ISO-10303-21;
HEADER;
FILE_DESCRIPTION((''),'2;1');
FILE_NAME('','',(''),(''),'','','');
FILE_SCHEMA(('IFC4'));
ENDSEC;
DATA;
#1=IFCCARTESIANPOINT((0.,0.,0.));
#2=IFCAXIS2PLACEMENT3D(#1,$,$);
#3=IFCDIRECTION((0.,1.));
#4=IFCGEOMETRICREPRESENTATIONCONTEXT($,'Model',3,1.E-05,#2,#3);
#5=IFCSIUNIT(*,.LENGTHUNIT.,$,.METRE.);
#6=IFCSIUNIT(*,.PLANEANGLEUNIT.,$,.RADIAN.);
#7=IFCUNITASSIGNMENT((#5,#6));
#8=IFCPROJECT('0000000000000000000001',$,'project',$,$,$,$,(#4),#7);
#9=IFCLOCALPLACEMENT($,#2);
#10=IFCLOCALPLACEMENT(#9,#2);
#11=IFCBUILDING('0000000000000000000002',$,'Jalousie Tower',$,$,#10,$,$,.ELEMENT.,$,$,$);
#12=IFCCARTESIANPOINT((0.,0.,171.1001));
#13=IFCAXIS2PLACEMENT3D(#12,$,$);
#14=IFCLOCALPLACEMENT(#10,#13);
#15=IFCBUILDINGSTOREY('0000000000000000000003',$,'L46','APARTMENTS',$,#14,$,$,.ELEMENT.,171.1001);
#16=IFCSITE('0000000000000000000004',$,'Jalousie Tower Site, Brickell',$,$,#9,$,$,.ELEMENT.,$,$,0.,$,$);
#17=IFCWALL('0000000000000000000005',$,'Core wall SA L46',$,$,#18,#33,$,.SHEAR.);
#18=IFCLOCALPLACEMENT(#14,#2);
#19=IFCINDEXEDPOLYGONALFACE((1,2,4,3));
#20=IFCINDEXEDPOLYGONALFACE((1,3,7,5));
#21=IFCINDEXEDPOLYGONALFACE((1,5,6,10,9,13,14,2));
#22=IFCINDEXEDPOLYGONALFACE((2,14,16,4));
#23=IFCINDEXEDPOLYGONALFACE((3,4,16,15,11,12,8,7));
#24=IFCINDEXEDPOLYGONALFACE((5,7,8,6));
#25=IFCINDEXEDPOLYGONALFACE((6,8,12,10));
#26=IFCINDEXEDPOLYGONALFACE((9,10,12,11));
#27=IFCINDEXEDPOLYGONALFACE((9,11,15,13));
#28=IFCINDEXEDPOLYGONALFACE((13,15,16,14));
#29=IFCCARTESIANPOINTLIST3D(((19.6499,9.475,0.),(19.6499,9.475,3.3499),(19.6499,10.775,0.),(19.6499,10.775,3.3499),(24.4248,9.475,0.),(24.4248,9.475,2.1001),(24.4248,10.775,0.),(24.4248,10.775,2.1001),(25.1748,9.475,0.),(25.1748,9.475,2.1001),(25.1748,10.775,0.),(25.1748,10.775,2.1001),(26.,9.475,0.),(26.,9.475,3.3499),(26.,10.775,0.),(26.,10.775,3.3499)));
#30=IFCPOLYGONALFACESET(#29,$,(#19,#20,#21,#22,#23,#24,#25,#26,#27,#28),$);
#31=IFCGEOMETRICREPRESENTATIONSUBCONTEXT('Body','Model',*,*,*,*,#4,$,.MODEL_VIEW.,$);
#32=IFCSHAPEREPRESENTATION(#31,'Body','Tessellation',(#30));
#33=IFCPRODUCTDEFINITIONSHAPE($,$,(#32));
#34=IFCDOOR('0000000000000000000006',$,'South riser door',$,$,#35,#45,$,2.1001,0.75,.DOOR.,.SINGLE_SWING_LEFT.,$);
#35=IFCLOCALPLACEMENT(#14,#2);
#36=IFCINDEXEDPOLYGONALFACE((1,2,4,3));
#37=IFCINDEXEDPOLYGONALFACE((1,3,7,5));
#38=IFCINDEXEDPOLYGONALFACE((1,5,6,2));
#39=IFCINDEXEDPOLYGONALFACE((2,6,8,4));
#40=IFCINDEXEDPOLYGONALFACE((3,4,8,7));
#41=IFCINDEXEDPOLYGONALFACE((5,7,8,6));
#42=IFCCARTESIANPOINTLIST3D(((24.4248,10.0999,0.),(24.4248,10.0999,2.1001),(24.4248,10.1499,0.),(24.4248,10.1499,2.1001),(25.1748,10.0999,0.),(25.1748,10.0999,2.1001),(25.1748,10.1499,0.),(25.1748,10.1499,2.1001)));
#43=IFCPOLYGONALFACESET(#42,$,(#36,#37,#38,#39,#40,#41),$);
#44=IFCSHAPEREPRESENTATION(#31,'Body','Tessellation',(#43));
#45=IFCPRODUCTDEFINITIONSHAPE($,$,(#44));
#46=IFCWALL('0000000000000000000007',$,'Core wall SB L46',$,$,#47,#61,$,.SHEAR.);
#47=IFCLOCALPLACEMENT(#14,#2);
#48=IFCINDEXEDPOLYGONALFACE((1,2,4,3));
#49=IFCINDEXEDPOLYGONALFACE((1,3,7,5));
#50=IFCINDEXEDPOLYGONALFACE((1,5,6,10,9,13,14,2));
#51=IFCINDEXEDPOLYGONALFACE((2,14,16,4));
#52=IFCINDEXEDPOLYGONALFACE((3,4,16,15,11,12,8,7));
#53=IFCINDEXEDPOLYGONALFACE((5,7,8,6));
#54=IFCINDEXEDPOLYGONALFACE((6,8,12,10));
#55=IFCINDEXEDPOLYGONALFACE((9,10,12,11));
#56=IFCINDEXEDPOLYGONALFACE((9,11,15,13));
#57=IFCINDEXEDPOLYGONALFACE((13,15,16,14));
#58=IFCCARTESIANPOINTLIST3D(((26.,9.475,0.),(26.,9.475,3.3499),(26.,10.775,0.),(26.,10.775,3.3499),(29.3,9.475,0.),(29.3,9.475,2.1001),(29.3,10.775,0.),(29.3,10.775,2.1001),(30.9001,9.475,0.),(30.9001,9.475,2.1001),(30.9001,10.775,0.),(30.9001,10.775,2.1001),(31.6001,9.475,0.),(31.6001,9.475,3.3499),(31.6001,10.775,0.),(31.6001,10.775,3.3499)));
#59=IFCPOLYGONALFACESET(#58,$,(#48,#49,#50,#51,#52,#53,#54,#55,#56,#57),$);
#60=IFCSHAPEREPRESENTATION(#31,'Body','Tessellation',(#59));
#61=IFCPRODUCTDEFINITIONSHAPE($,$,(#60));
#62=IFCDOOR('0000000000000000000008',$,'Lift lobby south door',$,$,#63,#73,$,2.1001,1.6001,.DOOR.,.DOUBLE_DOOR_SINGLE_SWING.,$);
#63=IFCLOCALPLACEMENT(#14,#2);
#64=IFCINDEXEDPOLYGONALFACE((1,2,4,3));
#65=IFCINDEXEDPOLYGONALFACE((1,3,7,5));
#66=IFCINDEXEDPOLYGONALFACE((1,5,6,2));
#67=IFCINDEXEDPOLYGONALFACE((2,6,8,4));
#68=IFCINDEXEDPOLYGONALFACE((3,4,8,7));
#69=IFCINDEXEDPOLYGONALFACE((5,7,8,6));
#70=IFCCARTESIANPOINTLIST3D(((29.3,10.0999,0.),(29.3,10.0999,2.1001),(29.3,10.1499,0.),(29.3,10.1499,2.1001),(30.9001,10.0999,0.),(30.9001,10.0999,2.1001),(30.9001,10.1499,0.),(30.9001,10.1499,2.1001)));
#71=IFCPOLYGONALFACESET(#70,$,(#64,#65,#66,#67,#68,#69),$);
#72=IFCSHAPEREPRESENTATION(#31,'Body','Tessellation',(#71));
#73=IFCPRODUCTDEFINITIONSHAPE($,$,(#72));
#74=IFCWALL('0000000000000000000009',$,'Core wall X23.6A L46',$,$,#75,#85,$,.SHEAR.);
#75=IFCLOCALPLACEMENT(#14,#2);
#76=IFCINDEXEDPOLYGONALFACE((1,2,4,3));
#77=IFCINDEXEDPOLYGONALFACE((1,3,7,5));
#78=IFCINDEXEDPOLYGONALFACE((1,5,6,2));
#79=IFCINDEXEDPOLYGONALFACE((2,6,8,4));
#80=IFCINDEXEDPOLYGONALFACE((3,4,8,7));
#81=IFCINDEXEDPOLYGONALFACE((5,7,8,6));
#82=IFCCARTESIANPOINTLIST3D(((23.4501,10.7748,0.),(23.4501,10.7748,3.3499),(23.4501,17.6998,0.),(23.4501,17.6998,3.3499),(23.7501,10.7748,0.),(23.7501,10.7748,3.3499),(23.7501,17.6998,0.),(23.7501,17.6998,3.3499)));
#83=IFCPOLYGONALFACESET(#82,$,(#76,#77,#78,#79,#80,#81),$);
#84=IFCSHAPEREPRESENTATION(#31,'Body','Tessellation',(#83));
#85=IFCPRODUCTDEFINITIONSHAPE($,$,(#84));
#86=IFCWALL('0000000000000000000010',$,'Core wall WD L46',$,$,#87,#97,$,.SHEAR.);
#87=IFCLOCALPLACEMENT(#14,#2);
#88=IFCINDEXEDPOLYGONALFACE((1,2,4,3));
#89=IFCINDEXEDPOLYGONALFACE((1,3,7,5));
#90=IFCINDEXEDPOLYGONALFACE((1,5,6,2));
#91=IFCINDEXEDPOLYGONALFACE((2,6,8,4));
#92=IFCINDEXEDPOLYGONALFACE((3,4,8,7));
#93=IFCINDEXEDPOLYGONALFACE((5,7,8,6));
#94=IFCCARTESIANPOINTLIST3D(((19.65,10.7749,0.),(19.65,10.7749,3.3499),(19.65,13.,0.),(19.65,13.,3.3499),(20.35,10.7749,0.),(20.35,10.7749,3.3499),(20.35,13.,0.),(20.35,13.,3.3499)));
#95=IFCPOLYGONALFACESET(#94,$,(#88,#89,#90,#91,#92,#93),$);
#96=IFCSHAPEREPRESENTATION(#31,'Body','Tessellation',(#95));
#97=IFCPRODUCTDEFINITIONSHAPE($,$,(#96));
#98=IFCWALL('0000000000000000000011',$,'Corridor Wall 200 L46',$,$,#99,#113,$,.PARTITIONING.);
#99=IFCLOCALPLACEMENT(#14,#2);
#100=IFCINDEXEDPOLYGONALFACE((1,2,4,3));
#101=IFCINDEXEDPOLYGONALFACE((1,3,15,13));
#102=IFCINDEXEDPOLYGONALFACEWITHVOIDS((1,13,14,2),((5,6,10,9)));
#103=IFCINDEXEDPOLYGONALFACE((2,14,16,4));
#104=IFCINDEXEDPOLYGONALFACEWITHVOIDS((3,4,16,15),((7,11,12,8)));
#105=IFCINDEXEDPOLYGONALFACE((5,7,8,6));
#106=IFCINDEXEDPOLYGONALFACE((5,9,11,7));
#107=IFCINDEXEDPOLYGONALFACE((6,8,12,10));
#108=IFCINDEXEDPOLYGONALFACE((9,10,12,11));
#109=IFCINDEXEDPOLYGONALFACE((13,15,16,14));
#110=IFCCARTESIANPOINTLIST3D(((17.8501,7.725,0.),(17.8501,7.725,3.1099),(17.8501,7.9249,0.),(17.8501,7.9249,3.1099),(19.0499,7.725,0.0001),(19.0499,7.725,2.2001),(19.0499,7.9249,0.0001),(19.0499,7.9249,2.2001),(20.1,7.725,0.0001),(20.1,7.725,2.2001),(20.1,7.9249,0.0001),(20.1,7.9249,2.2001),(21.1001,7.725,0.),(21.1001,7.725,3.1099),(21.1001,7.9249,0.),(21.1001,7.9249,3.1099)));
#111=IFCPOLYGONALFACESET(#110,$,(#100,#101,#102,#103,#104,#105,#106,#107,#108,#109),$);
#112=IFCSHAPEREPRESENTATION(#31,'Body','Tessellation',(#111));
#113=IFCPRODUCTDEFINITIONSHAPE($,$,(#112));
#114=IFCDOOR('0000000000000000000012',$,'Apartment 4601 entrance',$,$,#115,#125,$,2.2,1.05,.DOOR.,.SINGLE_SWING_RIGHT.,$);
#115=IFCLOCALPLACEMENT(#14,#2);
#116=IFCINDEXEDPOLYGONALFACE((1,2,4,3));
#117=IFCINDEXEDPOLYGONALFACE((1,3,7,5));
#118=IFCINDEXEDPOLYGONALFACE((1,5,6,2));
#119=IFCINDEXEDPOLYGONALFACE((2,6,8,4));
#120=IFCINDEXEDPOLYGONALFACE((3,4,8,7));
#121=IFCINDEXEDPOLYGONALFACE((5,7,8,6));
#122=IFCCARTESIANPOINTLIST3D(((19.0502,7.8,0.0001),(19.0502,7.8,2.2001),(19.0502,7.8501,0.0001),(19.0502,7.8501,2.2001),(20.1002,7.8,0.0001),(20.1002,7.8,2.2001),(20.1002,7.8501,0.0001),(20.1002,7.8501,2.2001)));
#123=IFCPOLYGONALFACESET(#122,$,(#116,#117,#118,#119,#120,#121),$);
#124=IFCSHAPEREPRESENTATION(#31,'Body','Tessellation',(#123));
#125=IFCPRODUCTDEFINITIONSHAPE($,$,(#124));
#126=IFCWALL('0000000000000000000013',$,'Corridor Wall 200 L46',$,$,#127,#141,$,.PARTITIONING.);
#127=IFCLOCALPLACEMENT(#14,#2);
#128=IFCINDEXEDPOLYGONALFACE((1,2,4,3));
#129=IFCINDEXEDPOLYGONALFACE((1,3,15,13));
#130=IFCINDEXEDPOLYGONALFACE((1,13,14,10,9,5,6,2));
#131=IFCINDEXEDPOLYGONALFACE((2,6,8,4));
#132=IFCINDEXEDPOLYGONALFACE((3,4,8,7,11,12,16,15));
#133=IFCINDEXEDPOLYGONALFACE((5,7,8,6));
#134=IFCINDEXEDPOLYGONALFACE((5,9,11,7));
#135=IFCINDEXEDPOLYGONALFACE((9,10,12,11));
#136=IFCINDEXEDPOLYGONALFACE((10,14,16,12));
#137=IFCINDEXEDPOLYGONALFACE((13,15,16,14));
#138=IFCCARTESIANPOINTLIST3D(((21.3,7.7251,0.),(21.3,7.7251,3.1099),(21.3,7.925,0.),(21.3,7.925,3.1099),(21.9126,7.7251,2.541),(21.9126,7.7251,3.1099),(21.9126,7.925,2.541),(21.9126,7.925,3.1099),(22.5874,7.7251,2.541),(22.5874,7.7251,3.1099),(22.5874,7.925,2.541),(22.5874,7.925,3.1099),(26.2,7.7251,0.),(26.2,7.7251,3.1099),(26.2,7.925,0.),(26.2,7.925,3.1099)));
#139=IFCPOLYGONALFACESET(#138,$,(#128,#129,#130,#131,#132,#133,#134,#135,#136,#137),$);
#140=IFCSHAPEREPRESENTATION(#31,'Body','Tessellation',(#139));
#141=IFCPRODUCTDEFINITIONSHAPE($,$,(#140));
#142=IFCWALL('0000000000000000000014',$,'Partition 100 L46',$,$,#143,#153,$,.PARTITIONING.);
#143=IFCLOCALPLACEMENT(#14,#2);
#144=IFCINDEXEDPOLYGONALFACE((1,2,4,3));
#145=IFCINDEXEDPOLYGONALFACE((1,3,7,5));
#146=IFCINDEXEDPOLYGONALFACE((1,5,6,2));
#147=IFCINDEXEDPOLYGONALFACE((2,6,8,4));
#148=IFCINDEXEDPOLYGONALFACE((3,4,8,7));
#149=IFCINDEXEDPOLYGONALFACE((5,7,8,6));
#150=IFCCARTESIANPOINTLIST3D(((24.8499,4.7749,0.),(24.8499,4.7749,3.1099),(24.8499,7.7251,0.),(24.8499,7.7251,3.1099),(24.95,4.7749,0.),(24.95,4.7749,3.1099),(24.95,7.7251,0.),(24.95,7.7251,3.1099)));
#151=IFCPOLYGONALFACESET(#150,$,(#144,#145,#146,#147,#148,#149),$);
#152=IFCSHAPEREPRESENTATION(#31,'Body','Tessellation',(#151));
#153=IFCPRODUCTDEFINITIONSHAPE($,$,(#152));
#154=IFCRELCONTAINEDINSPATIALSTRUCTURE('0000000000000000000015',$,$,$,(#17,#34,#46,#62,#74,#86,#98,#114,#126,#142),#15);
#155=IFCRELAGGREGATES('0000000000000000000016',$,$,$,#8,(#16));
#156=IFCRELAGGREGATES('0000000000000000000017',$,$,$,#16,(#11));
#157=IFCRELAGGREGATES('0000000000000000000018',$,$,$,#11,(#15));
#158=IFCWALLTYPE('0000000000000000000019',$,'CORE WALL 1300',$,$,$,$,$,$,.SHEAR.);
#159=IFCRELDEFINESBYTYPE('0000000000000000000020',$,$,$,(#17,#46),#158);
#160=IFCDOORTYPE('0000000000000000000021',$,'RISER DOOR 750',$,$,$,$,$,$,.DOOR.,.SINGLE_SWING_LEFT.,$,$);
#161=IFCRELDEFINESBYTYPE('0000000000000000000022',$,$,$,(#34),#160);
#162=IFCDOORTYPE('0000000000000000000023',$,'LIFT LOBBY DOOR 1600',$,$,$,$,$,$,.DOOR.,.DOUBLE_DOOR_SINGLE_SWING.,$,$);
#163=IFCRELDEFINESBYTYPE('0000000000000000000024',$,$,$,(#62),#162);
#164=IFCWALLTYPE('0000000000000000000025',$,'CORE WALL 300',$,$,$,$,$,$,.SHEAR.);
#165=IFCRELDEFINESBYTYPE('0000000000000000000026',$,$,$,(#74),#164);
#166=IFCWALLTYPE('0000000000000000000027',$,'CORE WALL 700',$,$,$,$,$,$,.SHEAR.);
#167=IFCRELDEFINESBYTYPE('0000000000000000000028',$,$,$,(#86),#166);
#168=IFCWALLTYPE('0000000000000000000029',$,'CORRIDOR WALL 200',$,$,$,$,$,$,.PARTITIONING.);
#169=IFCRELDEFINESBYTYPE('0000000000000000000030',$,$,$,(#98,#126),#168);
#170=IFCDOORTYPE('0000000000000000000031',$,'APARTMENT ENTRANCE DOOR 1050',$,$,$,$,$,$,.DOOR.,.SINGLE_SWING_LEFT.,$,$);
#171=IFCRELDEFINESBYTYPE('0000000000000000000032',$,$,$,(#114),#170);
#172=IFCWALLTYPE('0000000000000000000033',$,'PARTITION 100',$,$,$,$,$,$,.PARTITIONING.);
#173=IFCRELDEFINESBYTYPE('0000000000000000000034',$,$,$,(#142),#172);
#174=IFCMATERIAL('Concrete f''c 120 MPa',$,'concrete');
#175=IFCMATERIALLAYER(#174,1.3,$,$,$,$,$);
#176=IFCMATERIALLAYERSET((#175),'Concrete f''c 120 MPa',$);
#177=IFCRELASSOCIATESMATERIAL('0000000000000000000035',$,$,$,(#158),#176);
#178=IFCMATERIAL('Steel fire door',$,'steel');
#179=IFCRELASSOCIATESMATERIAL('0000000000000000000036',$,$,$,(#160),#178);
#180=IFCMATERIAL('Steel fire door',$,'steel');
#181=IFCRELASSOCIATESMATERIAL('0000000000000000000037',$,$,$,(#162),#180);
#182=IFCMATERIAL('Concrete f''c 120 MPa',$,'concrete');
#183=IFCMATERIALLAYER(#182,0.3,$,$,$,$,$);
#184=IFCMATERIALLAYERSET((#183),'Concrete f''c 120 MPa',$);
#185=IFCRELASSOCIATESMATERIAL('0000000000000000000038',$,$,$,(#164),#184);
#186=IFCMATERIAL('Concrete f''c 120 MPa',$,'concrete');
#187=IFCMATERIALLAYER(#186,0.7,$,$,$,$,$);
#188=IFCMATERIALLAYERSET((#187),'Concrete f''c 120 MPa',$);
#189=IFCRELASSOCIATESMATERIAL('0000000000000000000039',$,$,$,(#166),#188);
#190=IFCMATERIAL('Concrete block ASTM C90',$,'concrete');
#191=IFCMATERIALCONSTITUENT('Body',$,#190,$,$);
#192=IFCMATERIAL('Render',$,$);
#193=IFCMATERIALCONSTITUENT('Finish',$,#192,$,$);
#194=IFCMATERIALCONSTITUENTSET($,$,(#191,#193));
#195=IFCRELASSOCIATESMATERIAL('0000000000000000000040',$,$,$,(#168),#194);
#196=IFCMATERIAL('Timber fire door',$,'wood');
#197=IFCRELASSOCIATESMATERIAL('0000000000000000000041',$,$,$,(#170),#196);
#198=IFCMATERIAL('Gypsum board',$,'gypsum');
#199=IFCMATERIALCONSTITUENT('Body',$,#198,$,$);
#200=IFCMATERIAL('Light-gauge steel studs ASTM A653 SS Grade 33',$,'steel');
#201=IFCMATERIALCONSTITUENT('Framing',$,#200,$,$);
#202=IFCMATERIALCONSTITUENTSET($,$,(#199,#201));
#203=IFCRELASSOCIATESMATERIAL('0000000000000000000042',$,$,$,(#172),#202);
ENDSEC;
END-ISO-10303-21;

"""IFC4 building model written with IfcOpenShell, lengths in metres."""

from ifc_helpers import new_model, si_unit, direction, frame, frame_2d, origin, place, context, subcontext, project, spatial, polyline, rectangle, outline, extrude, material, layer, layer_set, constituent, constituent_set, type_object, element, fill, save


model = new_model("IFC4")

# Units and contexts
model_context = context("Model", 3, precision=1e-05, world=origin(), true_north=direction((0.0, 1.0)))
body_context = subcontext(model_context, "Body", "Model", "MODEL_VIEW")
ifc_project = project(units=[si_unit("LENGTHUNIT", "METRE"), si_unit("PLANEANGLEUNIT", "RADIAN")], contexts=[model_context])

# Site, building, storey
site_placement = place(None, origin())
site = spatial("IfcSite", under=ifc_project, at=site_placement, Name="Jalousie Tower Site, Brickell", CompositionType="ELEMENT", RefElevation=0.0)
building_placement = place(site_placement, origin())
building = spatial("IfcBuilding", under=site, at=building_placement, Name="Jalousie Tower", CompositionType="ELEMENT")
storey_placement = place(building_placement, frame((0.0, 0.0, 171.1001)))
storey = spatial("IfcBuildingStorey", under=building, at=storey_placement, Name="L46", Description="APARTMENTS", CompositionType="ELEMENT", Elevation=171.1001)

# Walls, openings, doors
ifc_material_1 = material(Name="Concrete f'c 120 MPa", Category="concrete")
ifc_layer_1 = layer(ifc_material_1, 1.3)
ifc_layer_set_1 = layer_set([ifc_layer_1], Name="Concrete f'c 120 MPa")
wall_type_1 = type_object("IfcWallType", Name="CORE WALL 1300", PredefinedType="SHEAR", material=ifc_layer_set_1)
wall_1_placement = place(storey_placement, frame((19.6499, 10.125, 0.0), z_axis=(0.0, 0.0, 1.0), x_axis=(1.0, 0.0, 0.0)))
wall_1 = element("IfcWall", 1, at=wall_1_placement, inside=storey, type_object=wall_type_1, Name="Core wall SA L46", PredefinedType="SHEAR", context=body_context, shape_type="SweptSolid", body=[
    extrude(rectangle(XDim=6.3501, YDim=1.3, at=frame_2d((3.175, 0.0))), origin(), (0.0, 0.0, 1.0), 3.3499),
])
opening_1_placement = place(wall_1_placement, frame((4.7749, 0.0, 0.0)))
opening_1 = element("IfcOpeningElement", 2, at=opening_1_placement, cuts=wall_1, PredefinedType="OPENING", context=body_context, shape_type="SweptSolid", body=[
    extrude(rectangle(XDim=0.75, YDim=2.1001, at=frame_2d((0.375, 1.05))), frame((0.0, 0.6599, 0.0), z_axis=(0.0, -1.0, 0.0), x_axis=(1.0, 0.0, 0.0)), (0.0, 0.0, 1.0), 1.3201),
])
ifc_material_2 = material(Name="Steel fire door", Category="steel")
door_type_1 = type_object("IfcDoorType", Name="RISER DOOR 750", OperationType="SINGLE_SWING_LEFT", PredefinedType="DOOR", material=ifc_material_2)
door_1_placement = place(opening_1_placement, origin())
door_1 = element("IfcDoor", 3, at=door_1_placement, inside=storey, type_object=door_type_1, Name="South riser door", OperationType="SINGLE_SWING_LEFT", OverallHeight=2.1001, OverallWidth=0.75, PredefinedType="DOOR", context=body_context, shape_type="SweptSolid", body=[
    extrude(rectangle(XDim=0.75, YDim=2.1001, at=frame_2d((0.375, 1.05))), frame((0.0, 0.0249, 0.0), z_axis=(0.0, -1.0, 0.0), x_axis=(1.0, 0.0, 0.0)), (0.0, 0.0, 1.0), 0.05),
])
fill(opening_1, door_1)
wall_2_placement = place(storey_placement, frame((26.0, 10.125, 0.0), z_axis=(0.0, 0.0, 1.0), x_axis=(1.0, 0.0, 0.0)))
wall_2 = element("IfcWall", 4, at=wall_2_placement, inside=storey, type_object=wall_type_1, Name="Core wall SB L46", PredefinedType="SHEAR", context=body_context, shape_type="SweptSolid", body=[
    extrude(rectangle(XDim=5.6001, YDim=1.3, at=frame_2d((2.8, 0.0))), origin(), (0.0, 0.0, 1.0), 3.3499),
])
opening_2_placement = place(wall_2_placement, frame((3.3, 0.0, 0.0)))
opening_2 = element("IfcOpeningElement", 5, at=opening_2_placement, cuts=wall_2, PredefinedType="OPENING", context=body_context, shape_type="SweptSolid", body=[
    extrude(rectangle(XDim=1.6001, YDim=2.1001, at=frame_2d((0.8, 1.05))), frame((0.0, 0.6599, 0.0), z_axis=(0.0, -1.0, 0.0), x_axis=(1.0, 0.0, 0.0)), (0.0, 0.0, 1.0), 1.3201),
])
ifc_material_3 = material(Name="Steel fire door", Category="steel")
door_type_2 = type_object("IfcDoorType", Name="LIFT LOBBY DOOR 1600", OperationType="DOUBLE_DOOR_SINGLE_SWING", PredefinedType="DOOR", material=ifc_material_3)
door_2_placement = place(opening_2_placement, origin())
door_2 = element("IfcDoor", 6, at=door_2_placement, inside=storey, type_object=door_type_2, Name="Lift lobby south door", OperationType="DOUBLE_DOOR_SINGLE_SWING", OverallHeight=2.1001, OverallWidth=1.6001, PredefinedType="DOOR", context=body_context, shape_type="SweptSolid", body=[
    extrude(rectangle(XDim=1.6001, YDim=2.1001, at=frame_2d((0.8, 1.05))), frame((0.0, 0.0249, 0.0), z_axis=(0.0, -1.0, 0.0), x_axis=(1.0, 0.0, 0.0)), (0.0, 0.0, 1.0), 0.05),
])
fill(opening_2, door_2)

# Walls
ifc_material_4 = material(Name="Concrete f'c 120 MPa", Category="concrete")
ifc_layer_2 = layer(ifc_material_4, 0.3)
ifc_layer_set_2 = layer_set([ifc_layer_2], Name="Concrete f'c 120 MPa")
wall_type_2 = type_object("IfcWallType", Name="CORE WALL 300", PredefinedType="SHEAR", material=ifc_layer_set_2)
wall_3_placement = place(storey_placement, frame((23.6001, 10.7749, 0.0), z_axis=(0.0, 0.0, 1.0), x_axis=(0.0, 1.0, 0.0)))
element("IfcWall", 7, at=wall_3_placement, inside=storey, type_object=wall_type_2, Name="Core wall X23.6A L46", PredefinedType="SHEAR", context=body_context, shape_type="SweptSolid", body=[
    extrude(rectangle(XDim=6.925, YDim=0.3, at=frame_2d((3.4624, 0.0))), origin(), (0.0, 0.0, 1.0), 3.3499),
])
ifc_material_5 = material(Name="Concrete f'c 120 MPa", Category="concrete")
ifc_layer_3 = layer(ifc_material_5, 0.7)
ifc_layer_set_3 = layer_set([ifc_layer_3], Name="Concrete f'c 120 MPa")
wall_type_3 = type_object("IfcWallType", Name="CORE WALL 700", PredefinedType="SHEAR", material=ifc_layer_set_3)
wall_4_placement = place(storey_placement, frame((20.0, 13.0, 0.0), z_axis=(0.0, 0.0, 1.0), x_axis=(0.0, -1.0, 0.0)))
element("IfcWall", 8, at=wall_4_placement, inside=storey, type_object=wall_type_3, Name="Core wall WD L46", PredefinedType="SHEAR", context=body_context, shape_type="SweptSolid", body=[
    extrude(rectangle(XDim=2.2251, YDim=0.7, at=frame_2d((1.1125, 0.0))), origin(), (0.0, 0.0, 1.0), 3.3499),
])

# Wall, opening, door
ifc_material_6 = material(Name="Concrete block ASTM C90", Category="concrete")
ifc_constituent_1 = constituent(ifc_material_6, Name="Body")
ifc_material_7 = material(Name="Render")
ifc_constituent_2 = constituent(ifc_material_7, Name="Finish")
ifc_constituent_set_1 = constituent_set(constituents=[ifc_constituent_1, ifc_constituent_2])
wall_type_4 = type_object("IfcWallType", Name="CORRIDOR WALL 200", PredefinedType="PARTITIONING", material=ifc_constituent_set_1)
wall_5_placement = place(storey_placement, frame((17.8501, 7.825, 0.0), z_axis=(0.0, 0.0, 1.0), x_axis=(1.0, 0.0, 0.0)))
wall_5 = element("IfcWall", 9, at=wall_5_placement, inside=storey, type_object=wall_type_4, Name="Corridor Wall 200 L46", PredefinedType="PARTITIONING", context=body_context, shape_type="SweptSolid", body=[
    extrude(rectangle(XDim=3.25, YDim=0.2, at=frame_2d((1.625, 0.0))), origin(), (0.0, 0.0, 1.0), 3.1099),
])
opening_3_placement = place(wall_5_placement, frame((1.2, 0.0, 0.0)))
opening_3 = element("IfcOpeningElement", 10, at=opening_3_placement, cuts=wall_5, PredefinedType="OPENING", context=body_context, shape_type="SweptSolid", body=[
    extrude(rectangle(XDim=1.05, YDim=2.2, at=frame_2d((0.5249, 1.1001))), frame((0.0, 0.1099, 0.0), z_axis=(0.0, -1.0, 0.0), x_axis=(1.0, 0.0, 0.0)), (0.0, 0.0, 1.0), 0.22),
])
ifc_material_8 = material(Name="Timber fire door", Category="wood")
door_type_3 = type_object("IfcDoorType", Name="APARTMENT ENTRANCE DOOR 1050", OperationType="SINGLE_SWING_LEFT", PredefinedType="DOOR", material=ifc_material_8)
door_3_placement = place(opening_3_placement, frame((1.05, 0.0, 0.0), z_axis=(0.0, 0.0, 1.0), x_axis=(-1.0, 0.0, 0.0)))
door_3 = element("IfcDoor", 11, at=door_3_placement, inside=storey, type_object=door_type_3, Name="Apartment 4601 entrance", OperationType="SINGLE_SWING_RIGHT", OverallHeight=2.2, OverallWidth=1.05, PredefinedType="DOOR", context=body_context, shape_type="SweptSolid", body=[
    extrude(rectangle(XDim=1.05, YDim=2.2, at=frame_2d((0.5249, 1.1001))), frame((0.0, 0.0249, 0.0), z_axis=(0.0, -1.0, 0.0), x_axis=(1.0, 0.0, 0.0)), (0.0, 0.0, 1.0), 0.05),
])
fill(opening_3, door_3)

# Walls
wall_6_placement = place(storey_placement, frame((21.3, 7.825, 0.0), z_axis=(0.0, 0.0, 1.0), x_axis=(1.0, 0.0, 0.0)))
element("IfcWall", 12, at=wall_6_placement, inside=storey, type_object=wall_type_4, Name="Corridor Wall 200 L46", PredefinedType="PARTITIONING", context=body_context, shape_type="SweptSolid", body=[
    extrude(outline(polyline([(0.0, 0.0), (4.8999, 0.0), (4.8999, 3.1099), (1.2874, 3.1099), (1.2874, 2.541), (0.6125, 2.541), (0.6125, 3.1099), (0.0, 3.1099), (0.0, 0.0)])), frame((0.0, 0.1001, 0.0), z_axis=(0.0, -1.0, 0.0), x_axis=(1.0, 0.0, 0.0)), (0.0, 0.0, 1.0), 0.2),
])
ifc_material_9 = material(Name="Gypsum board", Category="gypsum")
ifc_constituent_3 = constituent(ifc_material_9, Name="Body")
ifc_material_10 = material(Name="Light-gauge steel studs ASTM A653 SS Grade 33", Category="steel")
ifc_constituent_4 = constituent(ifc_material_10, Name="Framing")
ifc_constituent_set_2 = constituent_set(constituents=[ifc_constituent_3, ifc_constituent_4])
wall_type_5 = type_object("IfcWallType", Name="PARTITION 100", PredefinedType="PARTITIONING", material=ifc_constituent_set_2)
wall_7_placement = place(storey_placement, frame((24.8999, 4.7749, 0.0), z_axis=(0.0, 0.0, 1.0), x_axis=(0.0, 1.0, 0.0)))
element("IfcWall", 13, at=wall_7_placement, inside=storey, type_object=wall_type_5, Name="Partition 100 L46", PredefinedType="PARTITIONING", context=body_context, shape_type="SweptSolid", body=[
    extrude(rectangle(XDim=2.9502, YDim=0.1001, at=frame_2d((1.4751, 0.0))), origin(), (0.0, 0.0, 1.0), 3.1099),
])

save(model, "model.ifc")
